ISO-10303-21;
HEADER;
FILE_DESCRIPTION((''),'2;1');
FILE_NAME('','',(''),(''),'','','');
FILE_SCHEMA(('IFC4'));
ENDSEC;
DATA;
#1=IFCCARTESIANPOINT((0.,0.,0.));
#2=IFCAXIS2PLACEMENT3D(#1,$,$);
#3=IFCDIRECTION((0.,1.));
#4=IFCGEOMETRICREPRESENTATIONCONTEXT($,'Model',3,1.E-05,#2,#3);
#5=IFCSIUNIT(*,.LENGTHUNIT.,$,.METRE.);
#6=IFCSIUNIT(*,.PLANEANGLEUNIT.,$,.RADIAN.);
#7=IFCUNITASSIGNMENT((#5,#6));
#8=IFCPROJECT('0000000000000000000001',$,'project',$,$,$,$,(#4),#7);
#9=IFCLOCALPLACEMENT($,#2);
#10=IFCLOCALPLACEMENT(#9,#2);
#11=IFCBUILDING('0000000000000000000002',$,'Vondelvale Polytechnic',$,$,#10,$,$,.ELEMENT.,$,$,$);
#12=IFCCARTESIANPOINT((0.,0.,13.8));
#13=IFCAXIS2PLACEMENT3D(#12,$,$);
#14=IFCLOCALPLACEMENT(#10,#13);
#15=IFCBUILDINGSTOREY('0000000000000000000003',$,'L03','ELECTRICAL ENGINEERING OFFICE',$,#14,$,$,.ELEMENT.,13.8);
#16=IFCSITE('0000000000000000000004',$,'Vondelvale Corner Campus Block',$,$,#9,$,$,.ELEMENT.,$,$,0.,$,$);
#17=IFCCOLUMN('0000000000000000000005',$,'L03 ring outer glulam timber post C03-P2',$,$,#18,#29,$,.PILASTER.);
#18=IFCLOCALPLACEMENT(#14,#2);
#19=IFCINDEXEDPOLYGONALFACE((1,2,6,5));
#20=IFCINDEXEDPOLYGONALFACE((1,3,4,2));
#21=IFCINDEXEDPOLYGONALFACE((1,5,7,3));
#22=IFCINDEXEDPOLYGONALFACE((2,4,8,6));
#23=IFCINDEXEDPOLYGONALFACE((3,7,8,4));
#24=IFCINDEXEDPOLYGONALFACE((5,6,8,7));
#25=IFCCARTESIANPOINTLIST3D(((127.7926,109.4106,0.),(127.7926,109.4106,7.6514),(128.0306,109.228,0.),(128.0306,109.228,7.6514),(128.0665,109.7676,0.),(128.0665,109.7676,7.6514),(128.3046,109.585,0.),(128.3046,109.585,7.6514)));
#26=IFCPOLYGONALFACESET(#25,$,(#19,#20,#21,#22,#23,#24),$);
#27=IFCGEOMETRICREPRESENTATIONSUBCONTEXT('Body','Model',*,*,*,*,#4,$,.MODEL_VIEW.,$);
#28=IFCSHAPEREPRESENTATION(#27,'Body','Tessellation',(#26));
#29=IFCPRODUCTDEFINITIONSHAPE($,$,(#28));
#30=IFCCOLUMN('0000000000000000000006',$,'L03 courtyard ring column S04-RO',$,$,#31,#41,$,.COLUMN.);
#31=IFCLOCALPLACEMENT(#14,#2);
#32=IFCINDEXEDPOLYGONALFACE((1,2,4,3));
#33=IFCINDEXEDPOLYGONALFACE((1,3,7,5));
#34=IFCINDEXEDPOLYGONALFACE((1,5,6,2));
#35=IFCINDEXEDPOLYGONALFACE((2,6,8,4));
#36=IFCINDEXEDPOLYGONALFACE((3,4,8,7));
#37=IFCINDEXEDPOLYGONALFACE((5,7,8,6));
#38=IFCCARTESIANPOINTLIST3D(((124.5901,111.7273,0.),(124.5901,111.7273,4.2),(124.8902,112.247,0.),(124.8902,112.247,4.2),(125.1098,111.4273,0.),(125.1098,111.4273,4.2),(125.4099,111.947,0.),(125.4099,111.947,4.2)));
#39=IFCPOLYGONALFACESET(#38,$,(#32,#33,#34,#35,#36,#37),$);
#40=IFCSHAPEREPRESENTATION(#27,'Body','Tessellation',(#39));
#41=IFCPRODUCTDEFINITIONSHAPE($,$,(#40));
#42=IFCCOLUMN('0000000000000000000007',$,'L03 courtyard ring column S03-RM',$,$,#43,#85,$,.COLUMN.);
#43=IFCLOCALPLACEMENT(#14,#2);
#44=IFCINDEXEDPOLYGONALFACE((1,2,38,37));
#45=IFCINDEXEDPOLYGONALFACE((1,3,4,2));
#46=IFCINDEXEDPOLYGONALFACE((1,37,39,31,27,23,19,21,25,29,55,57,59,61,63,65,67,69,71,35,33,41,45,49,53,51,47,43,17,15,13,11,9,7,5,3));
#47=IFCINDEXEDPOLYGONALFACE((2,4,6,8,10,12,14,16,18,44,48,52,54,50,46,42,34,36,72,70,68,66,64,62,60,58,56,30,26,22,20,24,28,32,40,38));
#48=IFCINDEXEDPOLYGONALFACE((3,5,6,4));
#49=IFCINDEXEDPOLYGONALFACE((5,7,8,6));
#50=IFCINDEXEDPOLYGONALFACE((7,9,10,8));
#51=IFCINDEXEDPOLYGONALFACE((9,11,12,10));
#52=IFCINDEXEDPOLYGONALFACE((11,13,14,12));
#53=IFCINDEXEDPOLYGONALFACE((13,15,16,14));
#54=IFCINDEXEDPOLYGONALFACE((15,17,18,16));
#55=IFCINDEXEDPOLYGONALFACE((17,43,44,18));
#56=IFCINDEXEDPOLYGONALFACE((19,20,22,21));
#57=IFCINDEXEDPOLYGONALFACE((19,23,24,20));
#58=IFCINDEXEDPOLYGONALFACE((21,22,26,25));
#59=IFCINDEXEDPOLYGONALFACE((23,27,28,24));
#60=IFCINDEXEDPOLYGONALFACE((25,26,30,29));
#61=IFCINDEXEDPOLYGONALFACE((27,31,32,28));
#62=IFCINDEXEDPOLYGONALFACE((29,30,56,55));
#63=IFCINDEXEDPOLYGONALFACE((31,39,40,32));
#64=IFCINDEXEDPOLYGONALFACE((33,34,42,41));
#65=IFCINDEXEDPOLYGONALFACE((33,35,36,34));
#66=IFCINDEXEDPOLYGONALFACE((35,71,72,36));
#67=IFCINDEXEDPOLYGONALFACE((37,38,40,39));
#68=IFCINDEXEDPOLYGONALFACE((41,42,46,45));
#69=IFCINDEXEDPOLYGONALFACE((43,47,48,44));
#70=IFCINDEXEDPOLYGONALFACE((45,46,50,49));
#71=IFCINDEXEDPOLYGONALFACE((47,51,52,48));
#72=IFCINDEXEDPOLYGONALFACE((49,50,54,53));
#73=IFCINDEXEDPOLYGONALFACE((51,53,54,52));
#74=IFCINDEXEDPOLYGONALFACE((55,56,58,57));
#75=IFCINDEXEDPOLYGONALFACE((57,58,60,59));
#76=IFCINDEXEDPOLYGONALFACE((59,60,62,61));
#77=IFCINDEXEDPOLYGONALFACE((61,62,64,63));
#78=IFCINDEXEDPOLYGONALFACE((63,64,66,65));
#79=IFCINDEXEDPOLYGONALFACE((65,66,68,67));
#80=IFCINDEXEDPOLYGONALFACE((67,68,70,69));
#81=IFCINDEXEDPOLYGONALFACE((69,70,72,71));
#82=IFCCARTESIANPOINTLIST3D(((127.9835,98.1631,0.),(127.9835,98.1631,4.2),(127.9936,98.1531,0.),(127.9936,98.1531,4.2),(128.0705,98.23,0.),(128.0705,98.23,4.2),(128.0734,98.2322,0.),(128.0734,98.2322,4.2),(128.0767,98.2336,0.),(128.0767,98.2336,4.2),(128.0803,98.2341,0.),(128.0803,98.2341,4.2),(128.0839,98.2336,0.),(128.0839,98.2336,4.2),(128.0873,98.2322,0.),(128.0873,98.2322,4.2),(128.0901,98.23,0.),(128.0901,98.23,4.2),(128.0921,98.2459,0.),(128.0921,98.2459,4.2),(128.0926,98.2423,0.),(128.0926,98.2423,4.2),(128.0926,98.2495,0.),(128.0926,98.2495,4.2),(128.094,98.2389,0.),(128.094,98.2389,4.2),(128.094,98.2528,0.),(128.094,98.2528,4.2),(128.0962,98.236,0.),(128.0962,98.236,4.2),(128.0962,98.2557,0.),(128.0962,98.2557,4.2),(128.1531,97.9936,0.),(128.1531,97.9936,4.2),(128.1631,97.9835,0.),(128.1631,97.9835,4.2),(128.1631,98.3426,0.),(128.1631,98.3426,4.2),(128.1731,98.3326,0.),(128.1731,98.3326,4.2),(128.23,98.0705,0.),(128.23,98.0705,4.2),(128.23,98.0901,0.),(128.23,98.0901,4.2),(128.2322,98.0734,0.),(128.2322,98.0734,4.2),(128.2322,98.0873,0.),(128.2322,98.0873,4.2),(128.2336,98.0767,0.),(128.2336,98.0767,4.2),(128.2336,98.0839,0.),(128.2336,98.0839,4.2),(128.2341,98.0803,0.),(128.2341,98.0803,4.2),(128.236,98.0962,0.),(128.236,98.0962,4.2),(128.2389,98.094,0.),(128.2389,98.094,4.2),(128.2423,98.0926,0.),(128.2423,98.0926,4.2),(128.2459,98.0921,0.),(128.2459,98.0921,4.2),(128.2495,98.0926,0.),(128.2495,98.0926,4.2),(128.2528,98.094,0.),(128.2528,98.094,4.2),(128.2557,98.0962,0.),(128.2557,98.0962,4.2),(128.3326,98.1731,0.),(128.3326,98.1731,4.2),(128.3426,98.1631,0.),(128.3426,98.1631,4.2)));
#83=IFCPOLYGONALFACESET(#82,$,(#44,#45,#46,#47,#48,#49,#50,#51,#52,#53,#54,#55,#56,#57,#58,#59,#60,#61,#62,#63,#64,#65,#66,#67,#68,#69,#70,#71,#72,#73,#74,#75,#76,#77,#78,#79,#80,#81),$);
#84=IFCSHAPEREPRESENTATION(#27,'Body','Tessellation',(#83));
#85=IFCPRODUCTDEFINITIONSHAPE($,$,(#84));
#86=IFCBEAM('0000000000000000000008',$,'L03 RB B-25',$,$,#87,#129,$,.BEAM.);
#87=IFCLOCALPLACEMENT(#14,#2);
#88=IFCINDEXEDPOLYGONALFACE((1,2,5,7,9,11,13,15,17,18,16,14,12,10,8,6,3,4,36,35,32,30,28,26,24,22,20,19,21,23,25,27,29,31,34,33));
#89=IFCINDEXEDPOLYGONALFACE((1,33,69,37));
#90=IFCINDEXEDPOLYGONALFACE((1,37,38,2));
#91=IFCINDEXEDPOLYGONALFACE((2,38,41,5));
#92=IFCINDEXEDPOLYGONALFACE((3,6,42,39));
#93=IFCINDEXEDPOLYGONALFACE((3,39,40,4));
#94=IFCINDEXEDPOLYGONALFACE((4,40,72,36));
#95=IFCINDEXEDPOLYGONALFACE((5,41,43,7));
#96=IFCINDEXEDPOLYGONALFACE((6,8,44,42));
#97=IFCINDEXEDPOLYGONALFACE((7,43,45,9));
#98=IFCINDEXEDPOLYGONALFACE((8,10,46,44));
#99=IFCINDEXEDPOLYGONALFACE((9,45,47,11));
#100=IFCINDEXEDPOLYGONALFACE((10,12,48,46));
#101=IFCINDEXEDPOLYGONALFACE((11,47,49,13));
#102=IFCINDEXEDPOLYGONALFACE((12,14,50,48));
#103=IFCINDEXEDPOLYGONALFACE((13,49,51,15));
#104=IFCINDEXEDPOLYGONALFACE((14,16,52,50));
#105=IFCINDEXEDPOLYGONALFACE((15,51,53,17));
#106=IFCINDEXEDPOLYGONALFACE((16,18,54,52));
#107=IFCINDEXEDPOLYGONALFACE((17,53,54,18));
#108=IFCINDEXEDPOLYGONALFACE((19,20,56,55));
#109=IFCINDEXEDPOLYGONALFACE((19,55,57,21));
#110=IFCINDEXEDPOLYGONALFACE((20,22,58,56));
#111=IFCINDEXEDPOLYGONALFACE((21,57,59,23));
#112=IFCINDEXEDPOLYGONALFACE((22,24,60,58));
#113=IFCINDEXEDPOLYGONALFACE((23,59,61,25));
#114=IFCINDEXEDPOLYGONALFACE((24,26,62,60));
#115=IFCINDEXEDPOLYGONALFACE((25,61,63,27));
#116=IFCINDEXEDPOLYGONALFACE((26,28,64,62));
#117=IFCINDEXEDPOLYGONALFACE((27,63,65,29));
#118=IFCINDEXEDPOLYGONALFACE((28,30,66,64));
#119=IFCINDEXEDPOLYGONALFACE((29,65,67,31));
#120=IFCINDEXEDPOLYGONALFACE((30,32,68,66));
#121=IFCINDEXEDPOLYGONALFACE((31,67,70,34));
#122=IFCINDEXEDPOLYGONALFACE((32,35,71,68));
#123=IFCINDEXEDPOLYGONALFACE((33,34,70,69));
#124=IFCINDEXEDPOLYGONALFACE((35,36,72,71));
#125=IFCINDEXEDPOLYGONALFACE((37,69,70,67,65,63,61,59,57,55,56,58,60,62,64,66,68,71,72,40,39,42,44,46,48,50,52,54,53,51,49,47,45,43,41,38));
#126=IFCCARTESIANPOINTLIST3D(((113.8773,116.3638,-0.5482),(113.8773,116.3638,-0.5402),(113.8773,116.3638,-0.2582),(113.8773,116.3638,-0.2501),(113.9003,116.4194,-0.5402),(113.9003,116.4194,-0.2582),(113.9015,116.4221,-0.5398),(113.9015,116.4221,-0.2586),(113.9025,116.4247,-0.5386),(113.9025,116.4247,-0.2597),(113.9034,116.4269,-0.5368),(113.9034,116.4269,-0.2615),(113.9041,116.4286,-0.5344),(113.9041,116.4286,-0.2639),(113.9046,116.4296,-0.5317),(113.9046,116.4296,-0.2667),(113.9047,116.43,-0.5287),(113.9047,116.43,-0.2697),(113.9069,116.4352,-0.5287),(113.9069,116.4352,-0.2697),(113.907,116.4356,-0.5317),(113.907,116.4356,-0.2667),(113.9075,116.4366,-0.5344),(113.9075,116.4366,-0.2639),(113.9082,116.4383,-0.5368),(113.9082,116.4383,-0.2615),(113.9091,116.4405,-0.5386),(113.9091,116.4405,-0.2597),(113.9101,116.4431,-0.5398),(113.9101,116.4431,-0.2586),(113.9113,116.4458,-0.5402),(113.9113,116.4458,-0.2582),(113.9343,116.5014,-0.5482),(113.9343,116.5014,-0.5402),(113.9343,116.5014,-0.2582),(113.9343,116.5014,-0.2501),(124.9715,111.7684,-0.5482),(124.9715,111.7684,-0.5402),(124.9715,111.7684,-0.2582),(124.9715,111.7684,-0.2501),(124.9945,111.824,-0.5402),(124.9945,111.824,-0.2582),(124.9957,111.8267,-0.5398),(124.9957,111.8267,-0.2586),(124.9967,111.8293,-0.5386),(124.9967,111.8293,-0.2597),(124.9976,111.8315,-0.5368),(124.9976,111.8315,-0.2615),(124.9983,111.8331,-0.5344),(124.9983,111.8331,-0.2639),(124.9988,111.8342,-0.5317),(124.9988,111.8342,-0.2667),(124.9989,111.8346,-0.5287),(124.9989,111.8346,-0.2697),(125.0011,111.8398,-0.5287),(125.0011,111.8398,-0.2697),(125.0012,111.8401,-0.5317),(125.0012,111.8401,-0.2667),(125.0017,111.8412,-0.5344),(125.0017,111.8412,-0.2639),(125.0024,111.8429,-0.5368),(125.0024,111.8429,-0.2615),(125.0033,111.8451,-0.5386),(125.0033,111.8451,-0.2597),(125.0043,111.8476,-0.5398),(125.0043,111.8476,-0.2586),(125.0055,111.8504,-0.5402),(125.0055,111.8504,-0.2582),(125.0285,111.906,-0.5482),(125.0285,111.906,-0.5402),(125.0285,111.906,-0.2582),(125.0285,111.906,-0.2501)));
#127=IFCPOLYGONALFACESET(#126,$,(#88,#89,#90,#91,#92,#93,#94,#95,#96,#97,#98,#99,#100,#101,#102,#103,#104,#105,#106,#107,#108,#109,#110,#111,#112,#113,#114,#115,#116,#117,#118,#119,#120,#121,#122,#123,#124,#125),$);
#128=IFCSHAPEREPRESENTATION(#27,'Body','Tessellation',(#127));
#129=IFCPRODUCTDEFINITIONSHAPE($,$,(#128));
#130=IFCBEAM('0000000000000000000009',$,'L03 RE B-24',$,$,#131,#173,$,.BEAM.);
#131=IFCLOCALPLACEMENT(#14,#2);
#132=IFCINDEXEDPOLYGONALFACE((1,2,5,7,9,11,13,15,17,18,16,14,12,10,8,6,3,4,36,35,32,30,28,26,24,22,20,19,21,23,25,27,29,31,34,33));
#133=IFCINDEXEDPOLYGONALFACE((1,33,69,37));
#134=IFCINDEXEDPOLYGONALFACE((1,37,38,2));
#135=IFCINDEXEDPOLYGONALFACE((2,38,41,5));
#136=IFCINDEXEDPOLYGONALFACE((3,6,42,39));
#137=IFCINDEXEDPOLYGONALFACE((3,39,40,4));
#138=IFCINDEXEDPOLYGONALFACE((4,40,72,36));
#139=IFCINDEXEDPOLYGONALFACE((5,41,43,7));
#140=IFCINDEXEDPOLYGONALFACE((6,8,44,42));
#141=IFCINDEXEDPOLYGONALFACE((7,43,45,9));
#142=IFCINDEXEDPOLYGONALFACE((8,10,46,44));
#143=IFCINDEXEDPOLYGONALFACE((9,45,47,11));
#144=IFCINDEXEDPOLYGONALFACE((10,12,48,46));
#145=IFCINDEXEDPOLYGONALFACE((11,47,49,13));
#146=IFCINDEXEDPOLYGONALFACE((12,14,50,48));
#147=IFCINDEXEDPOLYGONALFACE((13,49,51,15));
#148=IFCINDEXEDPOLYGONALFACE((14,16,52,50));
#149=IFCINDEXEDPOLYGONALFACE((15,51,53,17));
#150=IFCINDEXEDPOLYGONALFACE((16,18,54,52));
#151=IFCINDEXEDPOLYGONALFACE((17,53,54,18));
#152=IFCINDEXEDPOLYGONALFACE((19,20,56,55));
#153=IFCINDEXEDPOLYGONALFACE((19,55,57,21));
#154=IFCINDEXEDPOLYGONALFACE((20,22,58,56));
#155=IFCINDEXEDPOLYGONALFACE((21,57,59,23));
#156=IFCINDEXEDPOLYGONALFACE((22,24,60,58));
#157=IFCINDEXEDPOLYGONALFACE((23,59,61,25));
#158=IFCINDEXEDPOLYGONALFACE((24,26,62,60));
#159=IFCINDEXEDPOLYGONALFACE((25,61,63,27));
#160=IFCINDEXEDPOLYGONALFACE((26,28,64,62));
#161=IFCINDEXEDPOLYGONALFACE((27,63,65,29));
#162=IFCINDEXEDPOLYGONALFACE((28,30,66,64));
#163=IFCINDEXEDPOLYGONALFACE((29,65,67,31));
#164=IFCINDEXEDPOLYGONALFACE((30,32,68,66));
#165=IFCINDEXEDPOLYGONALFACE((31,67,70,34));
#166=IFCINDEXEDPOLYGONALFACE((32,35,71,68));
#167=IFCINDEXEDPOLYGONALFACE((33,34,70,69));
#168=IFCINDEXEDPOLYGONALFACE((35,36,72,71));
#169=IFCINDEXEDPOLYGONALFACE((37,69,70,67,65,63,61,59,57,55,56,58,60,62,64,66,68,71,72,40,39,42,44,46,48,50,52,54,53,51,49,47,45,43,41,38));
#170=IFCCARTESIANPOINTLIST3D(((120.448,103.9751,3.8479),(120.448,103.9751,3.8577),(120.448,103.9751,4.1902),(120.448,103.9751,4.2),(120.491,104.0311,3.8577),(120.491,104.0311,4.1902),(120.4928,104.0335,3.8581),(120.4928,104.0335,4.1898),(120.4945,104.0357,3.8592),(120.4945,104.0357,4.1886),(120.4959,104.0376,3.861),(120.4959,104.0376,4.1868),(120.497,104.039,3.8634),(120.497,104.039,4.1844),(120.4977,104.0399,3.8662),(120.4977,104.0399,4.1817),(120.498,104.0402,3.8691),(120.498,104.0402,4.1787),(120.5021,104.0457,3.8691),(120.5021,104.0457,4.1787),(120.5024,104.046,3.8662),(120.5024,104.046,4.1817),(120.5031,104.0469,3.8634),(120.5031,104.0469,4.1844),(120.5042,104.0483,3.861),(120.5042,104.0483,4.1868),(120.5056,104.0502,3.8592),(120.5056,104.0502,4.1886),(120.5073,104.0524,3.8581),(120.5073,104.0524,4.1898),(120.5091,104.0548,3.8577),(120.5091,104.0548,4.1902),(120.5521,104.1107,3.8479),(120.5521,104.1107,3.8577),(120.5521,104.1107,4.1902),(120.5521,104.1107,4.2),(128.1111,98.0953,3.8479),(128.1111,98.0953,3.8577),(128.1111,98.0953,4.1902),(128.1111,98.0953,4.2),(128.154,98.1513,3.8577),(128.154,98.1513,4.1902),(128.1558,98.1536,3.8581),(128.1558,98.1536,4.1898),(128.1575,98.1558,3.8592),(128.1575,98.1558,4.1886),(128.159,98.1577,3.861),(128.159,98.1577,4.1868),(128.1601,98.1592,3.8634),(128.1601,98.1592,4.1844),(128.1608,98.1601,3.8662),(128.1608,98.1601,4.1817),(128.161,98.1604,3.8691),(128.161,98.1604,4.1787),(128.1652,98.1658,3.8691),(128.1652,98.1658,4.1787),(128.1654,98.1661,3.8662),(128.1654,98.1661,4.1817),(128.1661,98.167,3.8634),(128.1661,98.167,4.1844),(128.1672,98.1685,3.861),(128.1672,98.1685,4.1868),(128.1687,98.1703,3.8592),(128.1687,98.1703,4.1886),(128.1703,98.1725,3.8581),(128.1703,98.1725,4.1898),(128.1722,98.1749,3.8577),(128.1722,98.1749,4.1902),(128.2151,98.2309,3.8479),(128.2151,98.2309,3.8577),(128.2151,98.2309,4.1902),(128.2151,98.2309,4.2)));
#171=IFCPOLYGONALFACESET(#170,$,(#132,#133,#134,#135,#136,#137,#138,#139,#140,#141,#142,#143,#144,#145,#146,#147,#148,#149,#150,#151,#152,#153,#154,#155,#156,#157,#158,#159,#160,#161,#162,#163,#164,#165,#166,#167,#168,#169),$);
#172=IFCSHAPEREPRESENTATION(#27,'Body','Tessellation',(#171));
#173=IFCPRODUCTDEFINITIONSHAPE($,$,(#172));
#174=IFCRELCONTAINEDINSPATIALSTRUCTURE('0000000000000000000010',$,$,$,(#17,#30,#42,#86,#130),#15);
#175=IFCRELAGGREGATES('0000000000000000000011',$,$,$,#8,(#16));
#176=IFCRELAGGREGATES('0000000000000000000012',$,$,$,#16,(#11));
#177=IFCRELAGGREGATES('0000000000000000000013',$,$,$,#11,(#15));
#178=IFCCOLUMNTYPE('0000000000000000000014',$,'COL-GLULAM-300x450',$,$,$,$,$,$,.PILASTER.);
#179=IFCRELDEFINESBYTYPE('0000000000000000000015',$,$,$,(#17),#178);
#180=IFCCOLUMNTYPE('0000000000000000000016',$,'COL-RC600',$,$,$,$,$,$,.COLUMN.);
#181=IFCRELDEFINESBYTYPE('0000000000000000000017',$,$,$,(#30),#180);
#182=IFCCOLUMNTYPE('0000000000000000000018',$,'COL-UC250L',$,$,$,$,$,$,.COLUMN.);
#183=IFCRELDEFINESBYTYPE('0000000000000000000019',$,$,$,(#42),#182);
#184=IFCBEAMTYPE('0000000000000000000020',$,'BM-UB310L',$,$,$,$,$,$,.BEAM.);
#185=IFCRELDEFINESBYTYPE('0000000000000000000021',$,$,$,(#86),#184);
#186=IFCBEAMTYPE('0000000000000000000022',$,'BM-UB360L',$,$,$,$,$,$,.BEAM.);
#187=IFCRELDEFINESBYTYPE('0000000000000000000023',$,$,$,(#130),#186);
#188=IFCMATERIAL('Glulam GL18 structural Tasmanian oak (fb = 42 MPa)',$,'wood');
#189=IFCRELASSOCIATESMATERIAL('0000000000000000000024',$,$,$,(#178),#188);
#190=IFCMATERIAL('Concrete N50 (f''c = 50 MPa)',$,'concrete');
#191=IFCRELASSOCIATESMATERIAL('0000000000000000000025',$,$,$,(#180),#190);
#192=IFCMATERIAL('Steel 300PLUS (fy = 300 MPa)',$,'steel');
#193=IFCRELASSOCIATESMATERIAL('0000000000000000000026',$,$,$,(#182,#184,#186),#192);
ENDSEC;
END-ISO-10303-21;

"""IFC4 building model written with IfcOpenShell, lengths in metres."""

from ifc_helpers import new_model, si_unit, direction, frame, origin, origin_2d, place, context, subcontext, project, spatial, rectangle, i_section, extrude, material, material_profile, profile_set, type_object, element, save


model = new_model("IFC4")

# Units and contexts
model_context = context("Model", 3, precision=1e-05, world=origin(), true_north=direction((0.0, 1.0)))
body_context = subcontext(model_context, "Body", "Model", "MODEL_VIEW")
ifc_project = project(units=[si_unit("LENGTHUNIT", "METRE"), si_unit("PLANEANGLEUNIT", "RADIAN")], contexts=[model_context])

# Site, building, storey
site_placement = place(None, origin())
site = spatial("IfcSite", under=ifc_project, at=site_placement, Name="Vondelvale Corner Campus Block", CompositionType="ELEMENT", RefElevation=0.0)
building_placement = place(site_placement, origin())
building = spatial("IfcBuilding", under=site, at=building_placement, Name="Vondelvale Polytechnic", CompositionType="ELEMENT")
storey_placement = place(building_placement, frame((0.0, 0.0, 13.8)))
storey = spatial("IfcBuildingStorey", under=building, at=storey_placement, Name="L03", Description="ELECTRICAL ENGINEERING OFFICE", CompositionType="ELEMENT", Elevation=13.8)

# Columns
ifc_material_1 = material(Name="Glulam GL18 structural Tasmanian oak (fb = 42 MPa)", Category="wood")
ifc_material_profile_1 = material_profile(ifc_material_1, rectangle(XDim=0.3, YDim=0.45, at=origin_2d()), Name="GL-POST-300x450")
ifc_profile_set_1 = profile_set([ifc_material_profile_1], Name="Glulam GL18 structural Tasmanian oak (fb = 42 MPa)")
column_type_1 = type_object("IfcColumnType", Name="COL-GLULAM-300x450", PredefinedType="PILASTER", material=ifc_profile_set_1)
column_1_placement = place(storey_placement, frame((128.0486, 109.4978, 0.0), z_axis=(0.0, 0.0, 1.0), x_axis=(-0.793353, 0.608761, 0.0)))
element("IfcColumn", 1, at=column_1_placement, inside=storey, type_object=column_type_1, Name="L03 ring outer glulam timber post C03-P2", PredefinedType="PILASTER", context=body_context, shape_type="SweptSolid", body=[
    extrude(rectangle(XDim=0.3, YDim=0.45, at=origin_2d()), origin(), (0.0, 0.0, 1.0), 7.6514),
])
ifc_material_2 = material(Name="Concrete N50 (f'c = 50 MPa)", Category="concrete")
ifc_material_profile_2 = material_profile(ifc_material_2, rectangle(XDim=0.6001, YDim=0.6001, at=origin_2d()), Name="RC-COL-600x600")
ifc_profile_set_2 = profile_set([ifc_material_profile_2], Name="Concrete N50 (f'c = 50 MPa)")
column_type_2 = type_object("IfcColumnType", Name="COL-RC600", PredefinedType="COLUMN", material=ifc_profile_set_2)
column_2_placement = place(storey_placement, frame((125.0, 111.8372, 0.0), z_axis=(0.0, 0.0, 1.0), x_axis=(0.5, 0.866025, 0.0)))
element("IfcColumn", 2, at=column_2_placement, inside=storey, type_object=column_type_2, Name="L03 courtyard ring column S04-RO", PredefinedType="COLUMN", context=body_context, shape_type="SweptSolid", body=[
    extrude(rectangle(XDim=0.6001, YDim=0.6001, at=origin_2d()), origin(), (0.0, 0.0, 1.0), 4.2),
])
ifc_material_3 = material(Name="Steel 300PLUS (fy = 300 MPa)", Category="steel")
ifc_material_profile_3 = material_profile(ifc_material_3, i_section(OverallWidth=0.2539, OverallDepth=0.2539, WebThickness=0.0085, FlangeThickness=0.0142, FilletRadius=0.0139, at=origin_2d()), Name="250UC72.9")
ifc_profile_set_3 = profile_set([ifc_material_profile_3], Name="Steel 300PLUS (fy = 300 MPa)")
column_type_3 = type_object("IfcColumnType", Name="COL-UC250L", PredefinedType="COLUMN", material=ifc_profile_set_3)
column_3_placement = place(storey_placement, frame((128.1631, 98.1631, 0.0), z_axis=(0.0, 0.0, 1.0), x_axis=(0.707107, 0.707107, 0.0)))
element("IfcColumn", 3, at=column_3_placement, inside=storey, type_object=column_type_3, Name="L03 courtyard ring column S03-RM", PredefinedType="COLUMN", context=body_context, shape_type="SweptSolid", body=[
    extrude(i_section(OverallWidth=0.2539, OverallDepth=0.2539, WebThickness=0.0085, FlangeThickness=0.0142, FilletRadius=0.0139, at=origin_2d()), origin(), (0.0, 0.0, 1.0), 4.2),
])

# Beams
ifc_material_profile_4 = material_profile(ifc_material_3, i_section(OverallWidth=0.1489, OverallDepth=0.2981, WebThickness=0.0056, FlangeThickness=0.0081, FilletRadius=0.0115, at=origin_2d()), Name="310UB32.0")
ifc_profile_set_4 = profile_set([ifc_material_profile_4], Name="Steel 300PLUS (fy = 300 MPa)")
beam_type_1 = type_object("IfcBeamType", Name="BM-UB310L", PredefinedType="BEAM", material=ifc_profile_set_4)
beam_1_placement = place(storey_placement, frame((125.0, 111.8372, -0.3992), z_axis=(-0.923877, 0.382689, 0.0), x_axis=(-0.382689, -0.923877, 0.0)))
element("IfcBeam", 4, at=beam_1_placement, inside=storey, type_object=beam_type_1, Name="L03 RB B-25", PredefinedType="BEAM", context=body_context, shape_type="SweptSolid", body=[
    extrude(i_section(OverallWidth=0.1489, OverallDepth=0.2981, WebThickness=0.0056, FlangeThickness=0.0081, FilletRadius=0.0115, at=origin_2d()), origin(), (0.0, 0.0, 1.0), 12.0083),
])
ifc_material_profile_5 = material_profile(ifc_material_3, i_section(OverallWidth=0.1709, OverallDepth=0.3521, WebThickness=0.0068, FlangeThickness=0.0098, FilletRadius=0.0115, at=origin_2d()), Name="360UB44.7")
ifc_profile_set_5 = profile_set([ifc_material_profile_5], Name="Steel 300PLUS (fy = 300 MPa)")
beam_type_2 = type_object("IfcBeamType", Name="BM-UB360L", PredefinedType="BEAM", material=ifc_profile_set_5)
beam_2_placement = place(storey_placement, frame((128.1631, 98.1631, 4.0239), z_axis=(-0.793364, 0.608748, 0.0), x_axis=(-0.608748, -0.793364, 0.0)))
element("IfcBeam", 5, at=beam_2_placement, inside=storey, type_object=beam_type_2, Name="L03 RE B-24", PredefinedType="BEAM", context=body_context, shape_type="SweptSolid", body=[
    extrude(i_section(OverallWidth=0.1709, OverallDepth=0.3521, WebThickness=0.0068, FlangeThickness=0.0098, FilletRadius=0.0115, at=origin_2d()), origin(), (0.0, 0.0, 1.0), 9.6589),
])

save(model, "model.ifc")
